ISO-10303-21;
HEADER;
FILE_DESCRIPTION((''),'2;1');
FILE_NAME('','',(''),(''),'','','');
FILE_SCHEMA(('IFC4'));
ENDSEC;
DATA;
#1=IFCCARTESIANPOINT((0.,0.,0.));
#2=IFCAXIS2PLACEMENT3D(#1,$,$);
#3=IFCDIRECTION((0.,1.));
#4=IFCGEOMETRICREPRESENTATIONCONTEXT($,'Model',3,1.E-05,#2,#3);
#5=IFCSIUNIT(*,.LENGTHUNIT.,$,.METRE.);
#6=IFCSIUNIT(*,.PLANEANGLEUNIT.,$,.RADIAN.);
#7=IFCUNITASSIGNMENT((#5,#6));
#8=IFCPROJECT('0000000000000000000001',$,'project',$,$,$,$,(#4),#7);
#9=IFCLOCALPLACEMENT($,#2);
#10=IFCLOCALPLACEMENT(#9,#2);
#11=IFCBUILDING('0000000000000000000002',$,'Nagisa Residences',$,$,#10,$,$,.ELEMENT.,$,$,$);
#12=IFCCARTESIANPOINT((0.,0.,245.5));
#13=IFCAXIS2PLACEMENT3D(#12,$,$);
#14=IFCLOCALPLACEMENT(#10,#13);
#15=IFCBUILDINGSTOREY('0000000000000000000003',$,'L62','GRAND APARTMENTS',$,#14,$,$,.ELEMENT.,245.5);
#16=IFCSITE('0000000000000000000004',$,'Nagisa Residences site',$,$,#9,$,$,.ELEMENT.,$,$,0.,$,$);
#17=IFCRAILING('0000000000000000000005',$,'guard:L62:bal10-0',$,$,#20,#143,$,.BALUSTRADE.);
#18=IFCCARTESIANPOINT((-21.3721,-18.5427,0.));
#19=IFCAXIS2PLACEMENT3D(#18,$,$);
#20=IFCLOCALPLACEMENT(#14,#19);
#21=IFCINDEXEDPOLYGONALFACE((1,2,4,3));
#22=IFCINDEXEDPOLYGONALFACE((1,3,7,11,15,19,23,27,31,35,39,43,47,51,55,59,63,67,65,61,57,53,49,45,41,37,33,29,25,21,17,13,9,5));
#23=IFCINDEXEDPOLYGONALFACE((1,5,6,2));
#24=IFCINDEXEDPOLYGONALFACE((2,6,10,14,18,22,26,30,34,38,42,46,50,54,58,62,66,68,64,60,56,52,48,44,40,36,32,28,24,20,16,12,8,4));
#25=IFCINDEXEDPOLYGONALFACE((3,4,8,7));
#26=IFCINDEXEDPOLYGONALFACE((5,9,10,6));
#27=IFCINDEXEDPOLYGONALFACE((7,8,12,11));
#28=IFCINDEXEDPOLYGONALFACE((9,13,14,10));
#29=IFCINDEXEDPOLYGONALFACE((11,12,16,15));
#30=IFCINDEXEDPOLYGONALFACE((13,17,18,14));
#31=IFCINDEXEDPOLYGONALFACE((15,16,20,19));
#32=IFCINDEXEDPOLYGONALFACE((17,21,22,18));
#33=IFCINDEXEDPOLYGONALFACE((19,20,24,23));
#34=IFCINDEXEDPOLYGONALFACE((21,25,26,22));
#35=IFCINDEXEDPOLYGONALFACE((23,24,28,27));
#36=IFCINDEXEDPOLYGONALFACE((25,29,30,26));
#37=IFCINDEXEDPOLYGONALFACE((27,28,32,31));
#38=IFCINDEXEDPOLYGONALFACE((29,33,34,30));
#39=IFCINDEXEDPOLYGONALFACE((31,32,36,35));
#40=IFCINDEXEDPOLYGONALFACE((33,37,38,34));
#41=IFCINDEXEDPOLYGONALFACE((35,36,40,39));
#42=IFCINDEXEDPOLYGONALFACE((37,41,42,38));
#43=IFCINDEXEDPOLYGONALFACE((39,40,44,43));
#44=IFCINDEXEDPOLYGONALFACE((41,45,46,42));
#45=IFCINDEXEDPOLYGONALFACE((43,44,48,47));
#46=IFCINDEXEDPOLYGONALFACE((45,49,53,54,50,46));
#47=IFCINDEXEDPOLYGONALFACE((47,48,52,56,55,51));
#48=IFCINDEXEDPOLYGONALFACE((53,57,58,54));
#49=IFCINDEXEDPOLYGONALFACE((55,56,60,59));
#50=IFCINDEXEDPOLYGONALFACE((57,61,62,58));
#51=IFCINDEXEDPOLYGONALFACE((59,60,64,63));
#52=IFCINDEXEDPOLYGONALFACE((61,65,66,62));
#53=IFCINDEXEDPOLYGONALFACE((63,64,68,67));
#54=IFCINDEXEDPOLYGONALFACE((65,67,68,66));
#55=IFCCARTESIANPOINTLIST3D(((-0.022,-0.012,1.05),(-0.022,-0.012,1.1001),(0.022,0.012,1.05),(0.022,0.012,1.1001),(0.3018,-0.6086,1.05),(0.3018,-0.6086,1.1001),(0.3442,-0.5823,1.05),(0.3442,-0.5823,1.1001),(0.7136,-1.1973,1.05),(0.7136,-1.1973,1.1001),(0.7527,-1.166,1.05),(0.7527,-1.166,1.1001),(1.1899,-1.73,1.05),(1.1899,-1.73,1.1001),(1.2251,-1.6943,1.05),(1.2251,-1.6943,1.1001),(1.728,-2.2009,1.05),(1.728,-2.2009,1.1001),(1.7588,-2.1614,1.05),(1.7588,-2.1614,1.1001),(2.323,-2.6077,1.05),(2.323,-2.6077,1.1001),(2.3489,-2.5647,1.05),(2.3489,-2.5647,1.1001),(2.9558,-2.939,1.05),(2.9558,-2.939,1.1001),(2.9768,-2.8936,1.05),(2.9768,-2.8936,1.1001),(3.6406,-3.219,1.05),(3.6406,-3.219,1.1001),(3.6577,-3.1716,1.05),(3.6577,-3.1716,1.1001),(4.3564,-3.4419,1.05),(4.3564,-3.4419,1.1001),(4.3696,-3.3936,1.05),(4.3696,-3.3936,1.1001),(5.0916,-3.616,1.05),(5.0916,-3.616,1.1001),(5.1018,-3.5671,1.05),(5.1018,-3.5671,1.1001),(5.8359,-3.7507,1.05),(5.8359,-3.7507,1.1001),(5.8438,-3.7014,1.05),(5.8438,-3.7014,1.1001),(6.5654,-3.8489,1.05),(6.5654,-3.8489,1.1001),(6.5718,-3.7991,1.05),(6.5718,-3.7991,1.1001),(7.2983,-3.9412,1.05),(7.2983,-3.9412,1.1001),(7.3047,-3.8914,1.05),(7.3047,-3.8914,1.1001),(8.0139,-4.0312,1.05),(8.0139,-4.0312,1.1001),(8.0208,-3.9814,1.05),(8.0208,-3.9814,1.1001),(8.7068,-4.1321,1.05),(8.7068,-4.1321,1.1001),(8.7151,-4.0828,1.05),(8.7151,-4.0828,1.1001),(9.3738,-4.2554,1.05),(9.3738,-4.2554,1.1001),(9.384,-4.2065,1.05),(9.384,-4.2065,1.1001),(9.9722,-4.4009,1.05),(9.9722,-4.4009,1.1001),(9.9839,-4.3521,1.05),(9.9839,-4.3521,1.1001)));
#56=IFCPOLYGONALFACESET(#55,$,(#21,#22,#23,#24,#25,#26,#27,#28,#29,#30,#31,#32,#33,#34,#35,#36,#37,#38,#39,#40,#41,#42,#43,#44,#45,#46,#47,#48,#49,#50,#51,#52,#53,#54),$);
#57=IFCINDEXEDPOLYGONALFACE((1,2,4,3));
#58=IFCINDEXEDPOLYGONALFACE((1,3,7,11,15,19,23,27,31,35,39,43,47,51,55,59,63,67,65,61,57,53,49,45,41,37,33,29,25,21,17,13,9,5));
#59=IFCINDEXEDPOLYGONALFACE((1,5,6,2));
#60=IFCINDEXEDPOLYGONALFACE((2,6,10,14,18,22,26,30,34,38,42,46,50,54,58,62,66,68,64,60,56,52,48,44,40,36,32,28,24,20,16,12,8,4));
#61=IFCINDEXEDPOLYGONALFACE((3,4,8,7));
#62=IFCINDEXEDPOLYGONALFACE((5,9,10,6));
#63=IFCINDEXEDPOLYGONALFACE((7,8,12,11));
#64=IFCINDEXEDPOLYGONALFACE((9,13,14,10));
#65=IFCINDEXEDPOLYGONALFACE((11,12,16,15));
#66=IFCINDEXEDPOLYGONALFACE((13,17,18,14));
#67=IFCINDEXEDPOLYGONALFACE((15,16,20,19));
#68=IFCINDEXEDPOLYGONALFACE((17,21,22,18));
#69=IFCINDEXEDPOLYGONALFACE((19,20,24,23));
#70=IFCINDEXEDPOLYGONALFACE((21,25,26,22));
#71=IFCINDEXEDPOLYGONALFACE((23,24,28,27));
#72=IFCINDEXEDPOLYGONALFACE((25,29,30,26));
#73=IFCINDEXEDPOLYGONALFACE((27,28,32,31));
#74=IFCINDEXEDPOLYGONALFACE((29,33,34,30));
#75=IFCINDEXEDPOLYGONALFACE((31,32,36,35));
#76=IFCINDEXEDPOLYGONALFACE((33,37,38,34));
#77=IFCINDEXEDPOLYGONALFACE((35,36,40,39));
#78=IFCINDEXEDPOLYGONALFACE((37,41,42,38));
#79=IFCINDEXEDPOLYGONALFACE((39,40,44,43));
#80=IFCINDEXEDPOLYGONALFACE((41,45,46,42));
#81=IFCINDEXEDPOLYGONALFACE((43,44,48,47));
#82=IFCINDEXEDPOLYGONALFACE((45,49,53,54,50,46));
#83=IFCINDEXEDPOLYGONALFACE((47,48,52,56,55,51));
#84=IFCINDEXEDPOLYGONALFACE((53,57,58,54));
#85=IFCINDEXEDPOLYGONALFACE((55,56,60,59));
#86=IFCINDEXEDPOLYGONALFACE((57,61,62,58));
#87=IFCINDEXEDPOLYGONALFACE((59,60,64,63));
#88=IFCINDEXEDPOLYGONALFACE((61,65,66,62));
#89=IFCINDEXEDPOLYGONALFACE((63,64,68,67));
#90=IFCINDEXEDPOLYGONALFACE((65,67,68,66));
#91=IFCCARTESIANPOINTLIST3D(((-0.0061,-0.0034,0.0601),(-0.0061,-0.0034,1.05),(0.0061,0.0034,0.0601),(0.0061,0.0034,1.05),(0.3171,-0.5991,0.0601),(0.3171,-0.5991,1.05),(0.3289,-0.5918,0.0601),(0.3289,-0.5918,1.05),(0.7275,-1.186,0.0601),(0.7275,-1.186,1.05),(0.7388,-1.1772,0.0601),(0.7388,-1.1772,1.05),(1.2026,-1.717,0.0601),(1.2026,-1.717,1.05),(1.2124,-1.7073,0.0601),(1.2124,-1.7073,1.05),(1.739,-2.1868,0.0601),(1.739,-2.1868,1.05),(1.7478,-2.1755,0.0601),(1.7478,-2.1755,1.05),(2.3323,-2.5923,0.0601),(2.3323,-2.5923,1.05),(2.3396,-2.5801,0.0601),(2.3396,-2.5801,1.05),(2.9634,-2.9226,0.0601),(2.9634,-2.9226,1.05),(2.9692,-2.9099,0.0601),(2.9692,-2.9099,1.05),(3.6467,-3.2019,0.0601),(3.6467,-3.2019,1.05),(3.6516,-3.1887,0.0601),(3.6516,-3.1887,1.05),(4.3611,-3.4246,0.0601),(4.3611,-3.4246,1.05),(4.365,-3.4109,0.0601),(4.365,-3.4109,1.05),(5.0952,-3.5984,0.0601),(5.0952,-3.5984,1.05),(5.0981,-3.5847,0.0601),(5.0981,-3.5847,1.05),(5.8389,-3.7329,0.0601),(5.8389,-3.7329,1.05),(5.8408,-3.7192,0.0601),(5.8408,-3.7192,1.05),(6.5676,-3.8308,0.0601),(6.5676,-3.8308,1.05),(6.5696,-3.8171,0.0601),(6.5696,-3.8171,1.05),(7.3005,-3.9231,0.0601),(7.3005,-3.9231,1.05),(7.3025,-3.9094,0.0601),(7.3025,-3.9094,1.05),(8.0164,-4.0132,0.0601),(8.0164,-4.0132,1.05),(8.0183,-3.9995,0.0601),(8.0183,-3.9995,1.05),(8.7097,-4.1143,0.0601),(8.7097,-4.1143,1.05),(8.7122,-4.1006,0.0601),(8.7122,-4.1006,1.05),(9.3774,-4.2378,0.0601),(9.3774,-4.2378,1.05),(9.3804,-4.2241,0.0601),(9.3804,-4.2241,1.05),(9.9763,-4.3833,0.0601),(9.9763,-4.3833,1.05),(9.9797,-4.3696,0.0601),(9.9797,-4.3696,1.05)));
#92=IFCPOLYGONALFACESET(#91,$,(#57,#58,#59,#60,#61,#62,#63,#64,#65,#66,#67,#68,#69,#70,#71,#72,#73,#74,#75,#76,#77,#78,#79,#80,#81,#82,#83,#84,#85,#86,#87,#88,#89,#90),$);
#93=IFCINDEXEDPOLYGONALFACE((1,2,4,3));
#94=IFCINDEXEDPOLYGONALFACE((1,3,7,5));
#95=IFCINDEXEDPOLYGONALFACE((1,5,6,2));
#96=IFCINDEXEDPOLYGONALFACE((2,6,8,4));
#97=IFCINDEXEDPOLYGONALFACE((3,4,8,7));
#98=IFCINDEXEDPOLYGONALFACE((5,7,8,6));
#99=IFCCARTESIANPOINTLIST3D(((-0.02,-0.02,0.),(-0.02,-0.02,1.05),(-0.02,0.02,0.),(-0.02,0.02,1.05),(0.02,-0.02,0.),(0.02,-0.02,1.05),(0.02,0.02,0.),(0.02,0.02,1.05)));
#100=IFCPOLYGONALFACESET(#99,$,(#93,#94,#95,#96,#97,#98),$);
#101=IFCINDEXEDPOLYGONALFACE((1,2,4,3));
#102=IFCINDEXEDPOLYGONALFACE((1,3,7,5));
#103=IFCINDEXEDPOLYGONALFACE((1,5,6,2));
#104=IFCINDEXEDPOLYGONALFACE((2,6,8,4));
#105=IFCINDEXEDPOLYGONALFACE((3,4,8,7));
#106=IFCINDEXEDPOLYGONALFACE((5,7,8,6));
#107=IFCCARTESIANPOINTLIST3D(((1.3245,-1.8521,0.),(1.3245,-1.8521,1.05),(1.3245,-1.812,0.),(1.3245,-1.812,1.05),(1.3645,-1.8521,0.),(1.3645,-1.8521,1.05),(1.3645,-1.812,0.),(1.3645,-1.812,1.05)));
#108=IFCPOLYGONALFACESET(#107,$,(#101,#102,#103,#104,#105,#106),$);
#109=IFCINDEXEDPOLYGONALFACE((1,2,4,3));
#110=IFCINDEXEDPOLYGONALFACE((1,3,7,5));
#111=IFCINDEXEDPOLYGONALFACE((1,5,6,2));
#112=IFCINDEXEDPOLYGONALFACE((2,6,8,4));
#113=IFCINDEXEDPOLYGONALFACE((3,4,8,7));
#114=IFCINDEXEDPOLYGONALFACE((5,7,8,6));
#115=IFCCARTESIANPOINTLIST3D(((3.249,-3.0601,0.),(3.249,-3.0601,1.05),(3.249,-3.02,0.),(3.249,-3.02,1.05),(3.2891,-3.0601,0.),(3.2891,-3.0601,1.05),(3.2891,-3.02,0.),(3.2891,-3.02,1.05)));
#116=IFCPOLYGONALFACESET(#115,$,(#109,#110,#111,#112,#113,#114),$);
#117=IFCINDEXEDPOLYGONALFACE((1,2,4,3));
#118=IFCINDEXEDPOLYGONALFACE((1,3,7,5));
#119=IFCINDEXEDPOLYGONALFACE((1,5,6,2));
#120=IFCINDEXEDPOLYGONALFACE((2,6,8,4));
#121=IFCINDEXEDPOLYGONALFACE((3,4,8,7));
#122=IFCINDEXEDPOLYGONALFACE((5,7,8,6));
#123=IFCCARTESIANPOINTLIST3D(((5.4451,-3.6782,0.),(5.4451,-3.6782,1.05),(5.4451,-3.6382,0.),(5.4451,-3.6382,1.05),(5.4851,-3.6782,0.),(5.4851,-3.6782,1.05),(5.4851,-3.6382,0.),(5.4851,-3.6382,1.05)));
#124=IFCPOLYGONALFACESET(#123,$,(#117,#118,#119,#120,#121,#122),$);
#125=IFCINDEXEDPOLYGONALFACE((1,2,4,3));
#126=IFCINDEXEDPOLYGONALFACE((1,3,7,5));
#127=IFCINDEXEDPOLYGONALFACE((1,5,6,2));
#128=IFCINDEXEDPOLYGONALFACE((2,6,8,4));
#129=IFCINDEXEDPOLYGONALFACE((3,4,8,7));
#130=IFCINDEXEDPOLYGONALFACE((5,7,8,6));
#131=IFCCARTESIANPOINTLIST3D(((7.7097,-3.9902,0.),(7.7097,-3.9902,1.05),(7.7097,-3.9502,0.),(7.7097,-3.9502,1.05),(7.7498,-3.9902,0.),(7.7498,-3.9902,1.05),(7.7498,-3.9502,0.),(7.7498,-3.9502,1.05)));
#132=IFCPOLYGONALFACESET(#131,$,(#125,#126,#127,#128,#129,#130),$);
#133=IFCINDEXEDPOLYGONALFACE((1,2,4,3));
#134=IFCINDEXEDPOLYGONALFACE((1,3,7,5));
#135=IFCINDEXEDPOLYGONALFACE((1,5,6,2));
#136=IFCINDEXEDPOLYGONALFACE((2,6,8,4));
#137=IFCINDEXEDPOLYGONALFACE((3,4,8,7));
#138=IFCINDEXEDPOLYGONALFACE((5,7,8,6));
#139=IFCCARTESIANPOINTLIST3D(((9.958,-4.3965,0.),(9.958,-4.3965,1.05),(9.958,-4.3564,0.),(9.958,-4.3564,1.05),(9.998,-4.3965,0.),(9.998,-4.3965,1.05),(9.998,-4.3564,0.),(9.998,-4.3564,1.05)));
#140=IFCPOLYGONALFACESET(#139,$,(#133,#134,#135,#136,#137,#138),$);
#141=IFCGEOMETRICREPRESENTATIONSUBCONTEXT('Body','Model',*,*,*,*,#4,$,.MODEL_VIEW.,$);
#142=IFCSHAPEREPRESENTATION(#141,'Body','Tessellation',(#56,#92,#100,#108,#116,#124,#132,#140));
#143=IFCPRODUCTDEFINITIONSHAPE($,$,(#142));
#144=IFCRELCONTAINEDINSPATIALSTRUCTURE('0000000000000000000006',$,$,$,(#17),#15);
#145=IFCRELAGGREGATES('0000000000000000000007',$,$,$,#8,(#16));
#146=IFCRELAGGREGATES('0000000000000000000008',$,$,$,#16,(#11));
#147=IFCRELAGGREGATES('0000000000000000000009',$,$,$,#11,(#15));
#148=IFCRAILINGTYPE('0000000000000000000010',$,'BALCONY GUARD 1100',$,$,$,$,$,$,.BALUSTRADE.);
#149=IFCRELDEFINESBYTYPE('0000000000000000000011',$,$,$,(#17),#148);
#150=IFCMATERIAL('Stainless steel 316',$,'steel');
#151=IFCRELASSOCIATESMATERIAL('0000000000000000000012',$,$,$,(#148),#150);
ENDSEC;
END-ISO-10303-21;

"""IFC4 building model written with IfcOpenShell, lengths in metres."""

from ifc_helpers import new_model, si_unit, direction, frame, origin, origin_2d, place, context, subcontext, project, spatial, polyline, rectangle, outline, extrude, material, type_object, element, save


model = new_model("IFC4")

# Units and contexts
model_context = context("Model", 3, precision=1e-05, world=origin(), true_north=direction((0.0, 1.0)))
body_context = subcontext(model_context, "Body", "Model", "MODEL_VIEW")
ifc_project = project(units=[si_unit("LENGTHUNIT", "METRE"), si_unit("PLANEANGLEUNIT", "RADIAN")], contexts=[model_context])

# Site, building, storey
site_placement = place(None, origin())
site = spatial("IfcSite", under=ifc_project, at=site_placement, Name="Nagisa Residences site", CompositionType="ELEMENT", RefElevation=0.0)
building_placement = place(site_placement, origin())
building = spatial("IfcBuilding", under=site, at=building_placement, Name="Nagisa Residences", CompositionType="ELEMENT")
storey_placement = place(building_placement, frame((0.0, 0.0, 245.5)))
storey = spatial("IfcBuildingStorey", under=building, at=storey_placement, Name="L62", Description="GRAND APARTMENTS", CompositionType="ELEMENT", Elevation=245.5)

# Railing
ifc_material_1 = material(Name="Stainless steel 316", Category="steel")
railing_type = type_object("IfcRailingType", Name="BALCONY GUARD 1100", PredefinedType="BALUSTRADE", material=ifc_material_1)
railing_1_placement = place(storey_placement, frame((-21.3721, -18.5427, 0.0)))
element("IfcRailing", 1, at=railing_1_placement, inside=storey, type_object=railing_type, Name="guard:L62:bal10-0", PredefinedType="BALUSTRADE", context=body_context, shape_type="SweptSolid", body=[
    extrude(outline(polyline([(0.3442, -0.5823), (0.022, 0.012), (-0.022, -0.012), (0.3018, -0.6086), (0.7136, -1.1973), (1.1899, -1.73), (1.728, -2.2009), (2.323, -2.6077), (2.9558, -2.939), (3.6406, -3.219), (4.3564, -3.4419), (5.0916, -3.616), (5.8359, -3.7507), (6.5654, -3.8489), (7.2983, -3.9412), (8.0139, -4.0312), (8.7068, -4.1321), (9.3738, -4.2554), (9.9722, -4.4009), (9.9839, -4.3521), (9.384, -4.2065), (8.7151, -4.0828), (8.0208, -3.9814), (7.3047, -3.8914), (6.5718, -3.7991), (5.8438, -3.7014), (5.1018, -3.5671), (4.3696, -3.3936), (3.6577, -3.1716), (2.9768, -2.8936), (2.3489, -2.5647), (1.7588, -2.1614), (1.2251, -1.6943), (0.7527, -1.166), (0.3442, -0.5823)])), frame((0.0, 0.0, 1.05)), (0.0, 0.0, 1.0), 0.05),
    extrude(outline(polyline([(0.3289, -0.5918), (0.0061, 0.0034), (-0.0061, -0.0034), (0.3171, -0.5991), (0.7275, -1.186), (1.2026, -1.717), (1.739, -2.1868), (2.3323, -2.5923), (2.9634, -2.9226), (3.6467, -3.2019), (4.3611, -3.4246), (5.0952, -3.5984), (5.8389, -3.7329), (6.5676, -3.8308), (7.3005, -3.9231), (8.0164, -4.0132), (8.7097, -4.1143), (9.3774, -4.2378), (9.9763, -4.3833), (9.9797, -4.3696), (9.3804, -4.2241), (8.7122, -4.1006), (8.0183, -3.9995), (7.3025, -3.9094), (6.5696, -3.8171), (5.8408, -3.7192), (5.0981, -3.5847), (4.365, -3.4109), (3.6516, -3.1887), (2.9692, -2.9099), (2.3396, -2.5801), (1.7478, -2.1755), (1.2124, -1.7073), (0.7388, -1.1772), (0.3289, -0.5918)])), frame((0.0, 0.0, 0.0601)), (0.0, 0.0, 1.0), 0.99),
    extrude(rectangle(XDim=0.04, YDim=0.04, at=origin_2d()), origin(), (0.0, 0.0, 1.0), 1.05),
    extrude(rectangle(XDim=0.04, YDim=0.04, at=origin_2d()), frame((1.3445, -1.832, 0.0)), (0.0, 0.0, 1.0), 1.05),
    extrude(rectangle(XDim=0.04, YDim=0.04, at=origin_2d()), frame((3.269, -3.04, 0.0)), (0.0, 0.0, 1.0), 1.05),
    extrude(rectangle(XDim=0.04, YDim=0.04, at=origin_2d()), frame((5.4651, -3.6582, 0.0)), (0.0, 0.0, 1.0), 1.05),
    extrude(rectangle(XDim=0.04, YDim=0.04, at=origin_2d()), frame((7.7297, -3.9702, 0.0)), (0.0, 0.0, 1.0), 1.05),
    extrude(rectangle(XDim=0.04, YDim=0.04, at=origin_2d()), frame((9.978, -4.3765, 0.0)), (0.0, 0.0, 1.0), 1.05),
])

save(model, "model.ifc")
